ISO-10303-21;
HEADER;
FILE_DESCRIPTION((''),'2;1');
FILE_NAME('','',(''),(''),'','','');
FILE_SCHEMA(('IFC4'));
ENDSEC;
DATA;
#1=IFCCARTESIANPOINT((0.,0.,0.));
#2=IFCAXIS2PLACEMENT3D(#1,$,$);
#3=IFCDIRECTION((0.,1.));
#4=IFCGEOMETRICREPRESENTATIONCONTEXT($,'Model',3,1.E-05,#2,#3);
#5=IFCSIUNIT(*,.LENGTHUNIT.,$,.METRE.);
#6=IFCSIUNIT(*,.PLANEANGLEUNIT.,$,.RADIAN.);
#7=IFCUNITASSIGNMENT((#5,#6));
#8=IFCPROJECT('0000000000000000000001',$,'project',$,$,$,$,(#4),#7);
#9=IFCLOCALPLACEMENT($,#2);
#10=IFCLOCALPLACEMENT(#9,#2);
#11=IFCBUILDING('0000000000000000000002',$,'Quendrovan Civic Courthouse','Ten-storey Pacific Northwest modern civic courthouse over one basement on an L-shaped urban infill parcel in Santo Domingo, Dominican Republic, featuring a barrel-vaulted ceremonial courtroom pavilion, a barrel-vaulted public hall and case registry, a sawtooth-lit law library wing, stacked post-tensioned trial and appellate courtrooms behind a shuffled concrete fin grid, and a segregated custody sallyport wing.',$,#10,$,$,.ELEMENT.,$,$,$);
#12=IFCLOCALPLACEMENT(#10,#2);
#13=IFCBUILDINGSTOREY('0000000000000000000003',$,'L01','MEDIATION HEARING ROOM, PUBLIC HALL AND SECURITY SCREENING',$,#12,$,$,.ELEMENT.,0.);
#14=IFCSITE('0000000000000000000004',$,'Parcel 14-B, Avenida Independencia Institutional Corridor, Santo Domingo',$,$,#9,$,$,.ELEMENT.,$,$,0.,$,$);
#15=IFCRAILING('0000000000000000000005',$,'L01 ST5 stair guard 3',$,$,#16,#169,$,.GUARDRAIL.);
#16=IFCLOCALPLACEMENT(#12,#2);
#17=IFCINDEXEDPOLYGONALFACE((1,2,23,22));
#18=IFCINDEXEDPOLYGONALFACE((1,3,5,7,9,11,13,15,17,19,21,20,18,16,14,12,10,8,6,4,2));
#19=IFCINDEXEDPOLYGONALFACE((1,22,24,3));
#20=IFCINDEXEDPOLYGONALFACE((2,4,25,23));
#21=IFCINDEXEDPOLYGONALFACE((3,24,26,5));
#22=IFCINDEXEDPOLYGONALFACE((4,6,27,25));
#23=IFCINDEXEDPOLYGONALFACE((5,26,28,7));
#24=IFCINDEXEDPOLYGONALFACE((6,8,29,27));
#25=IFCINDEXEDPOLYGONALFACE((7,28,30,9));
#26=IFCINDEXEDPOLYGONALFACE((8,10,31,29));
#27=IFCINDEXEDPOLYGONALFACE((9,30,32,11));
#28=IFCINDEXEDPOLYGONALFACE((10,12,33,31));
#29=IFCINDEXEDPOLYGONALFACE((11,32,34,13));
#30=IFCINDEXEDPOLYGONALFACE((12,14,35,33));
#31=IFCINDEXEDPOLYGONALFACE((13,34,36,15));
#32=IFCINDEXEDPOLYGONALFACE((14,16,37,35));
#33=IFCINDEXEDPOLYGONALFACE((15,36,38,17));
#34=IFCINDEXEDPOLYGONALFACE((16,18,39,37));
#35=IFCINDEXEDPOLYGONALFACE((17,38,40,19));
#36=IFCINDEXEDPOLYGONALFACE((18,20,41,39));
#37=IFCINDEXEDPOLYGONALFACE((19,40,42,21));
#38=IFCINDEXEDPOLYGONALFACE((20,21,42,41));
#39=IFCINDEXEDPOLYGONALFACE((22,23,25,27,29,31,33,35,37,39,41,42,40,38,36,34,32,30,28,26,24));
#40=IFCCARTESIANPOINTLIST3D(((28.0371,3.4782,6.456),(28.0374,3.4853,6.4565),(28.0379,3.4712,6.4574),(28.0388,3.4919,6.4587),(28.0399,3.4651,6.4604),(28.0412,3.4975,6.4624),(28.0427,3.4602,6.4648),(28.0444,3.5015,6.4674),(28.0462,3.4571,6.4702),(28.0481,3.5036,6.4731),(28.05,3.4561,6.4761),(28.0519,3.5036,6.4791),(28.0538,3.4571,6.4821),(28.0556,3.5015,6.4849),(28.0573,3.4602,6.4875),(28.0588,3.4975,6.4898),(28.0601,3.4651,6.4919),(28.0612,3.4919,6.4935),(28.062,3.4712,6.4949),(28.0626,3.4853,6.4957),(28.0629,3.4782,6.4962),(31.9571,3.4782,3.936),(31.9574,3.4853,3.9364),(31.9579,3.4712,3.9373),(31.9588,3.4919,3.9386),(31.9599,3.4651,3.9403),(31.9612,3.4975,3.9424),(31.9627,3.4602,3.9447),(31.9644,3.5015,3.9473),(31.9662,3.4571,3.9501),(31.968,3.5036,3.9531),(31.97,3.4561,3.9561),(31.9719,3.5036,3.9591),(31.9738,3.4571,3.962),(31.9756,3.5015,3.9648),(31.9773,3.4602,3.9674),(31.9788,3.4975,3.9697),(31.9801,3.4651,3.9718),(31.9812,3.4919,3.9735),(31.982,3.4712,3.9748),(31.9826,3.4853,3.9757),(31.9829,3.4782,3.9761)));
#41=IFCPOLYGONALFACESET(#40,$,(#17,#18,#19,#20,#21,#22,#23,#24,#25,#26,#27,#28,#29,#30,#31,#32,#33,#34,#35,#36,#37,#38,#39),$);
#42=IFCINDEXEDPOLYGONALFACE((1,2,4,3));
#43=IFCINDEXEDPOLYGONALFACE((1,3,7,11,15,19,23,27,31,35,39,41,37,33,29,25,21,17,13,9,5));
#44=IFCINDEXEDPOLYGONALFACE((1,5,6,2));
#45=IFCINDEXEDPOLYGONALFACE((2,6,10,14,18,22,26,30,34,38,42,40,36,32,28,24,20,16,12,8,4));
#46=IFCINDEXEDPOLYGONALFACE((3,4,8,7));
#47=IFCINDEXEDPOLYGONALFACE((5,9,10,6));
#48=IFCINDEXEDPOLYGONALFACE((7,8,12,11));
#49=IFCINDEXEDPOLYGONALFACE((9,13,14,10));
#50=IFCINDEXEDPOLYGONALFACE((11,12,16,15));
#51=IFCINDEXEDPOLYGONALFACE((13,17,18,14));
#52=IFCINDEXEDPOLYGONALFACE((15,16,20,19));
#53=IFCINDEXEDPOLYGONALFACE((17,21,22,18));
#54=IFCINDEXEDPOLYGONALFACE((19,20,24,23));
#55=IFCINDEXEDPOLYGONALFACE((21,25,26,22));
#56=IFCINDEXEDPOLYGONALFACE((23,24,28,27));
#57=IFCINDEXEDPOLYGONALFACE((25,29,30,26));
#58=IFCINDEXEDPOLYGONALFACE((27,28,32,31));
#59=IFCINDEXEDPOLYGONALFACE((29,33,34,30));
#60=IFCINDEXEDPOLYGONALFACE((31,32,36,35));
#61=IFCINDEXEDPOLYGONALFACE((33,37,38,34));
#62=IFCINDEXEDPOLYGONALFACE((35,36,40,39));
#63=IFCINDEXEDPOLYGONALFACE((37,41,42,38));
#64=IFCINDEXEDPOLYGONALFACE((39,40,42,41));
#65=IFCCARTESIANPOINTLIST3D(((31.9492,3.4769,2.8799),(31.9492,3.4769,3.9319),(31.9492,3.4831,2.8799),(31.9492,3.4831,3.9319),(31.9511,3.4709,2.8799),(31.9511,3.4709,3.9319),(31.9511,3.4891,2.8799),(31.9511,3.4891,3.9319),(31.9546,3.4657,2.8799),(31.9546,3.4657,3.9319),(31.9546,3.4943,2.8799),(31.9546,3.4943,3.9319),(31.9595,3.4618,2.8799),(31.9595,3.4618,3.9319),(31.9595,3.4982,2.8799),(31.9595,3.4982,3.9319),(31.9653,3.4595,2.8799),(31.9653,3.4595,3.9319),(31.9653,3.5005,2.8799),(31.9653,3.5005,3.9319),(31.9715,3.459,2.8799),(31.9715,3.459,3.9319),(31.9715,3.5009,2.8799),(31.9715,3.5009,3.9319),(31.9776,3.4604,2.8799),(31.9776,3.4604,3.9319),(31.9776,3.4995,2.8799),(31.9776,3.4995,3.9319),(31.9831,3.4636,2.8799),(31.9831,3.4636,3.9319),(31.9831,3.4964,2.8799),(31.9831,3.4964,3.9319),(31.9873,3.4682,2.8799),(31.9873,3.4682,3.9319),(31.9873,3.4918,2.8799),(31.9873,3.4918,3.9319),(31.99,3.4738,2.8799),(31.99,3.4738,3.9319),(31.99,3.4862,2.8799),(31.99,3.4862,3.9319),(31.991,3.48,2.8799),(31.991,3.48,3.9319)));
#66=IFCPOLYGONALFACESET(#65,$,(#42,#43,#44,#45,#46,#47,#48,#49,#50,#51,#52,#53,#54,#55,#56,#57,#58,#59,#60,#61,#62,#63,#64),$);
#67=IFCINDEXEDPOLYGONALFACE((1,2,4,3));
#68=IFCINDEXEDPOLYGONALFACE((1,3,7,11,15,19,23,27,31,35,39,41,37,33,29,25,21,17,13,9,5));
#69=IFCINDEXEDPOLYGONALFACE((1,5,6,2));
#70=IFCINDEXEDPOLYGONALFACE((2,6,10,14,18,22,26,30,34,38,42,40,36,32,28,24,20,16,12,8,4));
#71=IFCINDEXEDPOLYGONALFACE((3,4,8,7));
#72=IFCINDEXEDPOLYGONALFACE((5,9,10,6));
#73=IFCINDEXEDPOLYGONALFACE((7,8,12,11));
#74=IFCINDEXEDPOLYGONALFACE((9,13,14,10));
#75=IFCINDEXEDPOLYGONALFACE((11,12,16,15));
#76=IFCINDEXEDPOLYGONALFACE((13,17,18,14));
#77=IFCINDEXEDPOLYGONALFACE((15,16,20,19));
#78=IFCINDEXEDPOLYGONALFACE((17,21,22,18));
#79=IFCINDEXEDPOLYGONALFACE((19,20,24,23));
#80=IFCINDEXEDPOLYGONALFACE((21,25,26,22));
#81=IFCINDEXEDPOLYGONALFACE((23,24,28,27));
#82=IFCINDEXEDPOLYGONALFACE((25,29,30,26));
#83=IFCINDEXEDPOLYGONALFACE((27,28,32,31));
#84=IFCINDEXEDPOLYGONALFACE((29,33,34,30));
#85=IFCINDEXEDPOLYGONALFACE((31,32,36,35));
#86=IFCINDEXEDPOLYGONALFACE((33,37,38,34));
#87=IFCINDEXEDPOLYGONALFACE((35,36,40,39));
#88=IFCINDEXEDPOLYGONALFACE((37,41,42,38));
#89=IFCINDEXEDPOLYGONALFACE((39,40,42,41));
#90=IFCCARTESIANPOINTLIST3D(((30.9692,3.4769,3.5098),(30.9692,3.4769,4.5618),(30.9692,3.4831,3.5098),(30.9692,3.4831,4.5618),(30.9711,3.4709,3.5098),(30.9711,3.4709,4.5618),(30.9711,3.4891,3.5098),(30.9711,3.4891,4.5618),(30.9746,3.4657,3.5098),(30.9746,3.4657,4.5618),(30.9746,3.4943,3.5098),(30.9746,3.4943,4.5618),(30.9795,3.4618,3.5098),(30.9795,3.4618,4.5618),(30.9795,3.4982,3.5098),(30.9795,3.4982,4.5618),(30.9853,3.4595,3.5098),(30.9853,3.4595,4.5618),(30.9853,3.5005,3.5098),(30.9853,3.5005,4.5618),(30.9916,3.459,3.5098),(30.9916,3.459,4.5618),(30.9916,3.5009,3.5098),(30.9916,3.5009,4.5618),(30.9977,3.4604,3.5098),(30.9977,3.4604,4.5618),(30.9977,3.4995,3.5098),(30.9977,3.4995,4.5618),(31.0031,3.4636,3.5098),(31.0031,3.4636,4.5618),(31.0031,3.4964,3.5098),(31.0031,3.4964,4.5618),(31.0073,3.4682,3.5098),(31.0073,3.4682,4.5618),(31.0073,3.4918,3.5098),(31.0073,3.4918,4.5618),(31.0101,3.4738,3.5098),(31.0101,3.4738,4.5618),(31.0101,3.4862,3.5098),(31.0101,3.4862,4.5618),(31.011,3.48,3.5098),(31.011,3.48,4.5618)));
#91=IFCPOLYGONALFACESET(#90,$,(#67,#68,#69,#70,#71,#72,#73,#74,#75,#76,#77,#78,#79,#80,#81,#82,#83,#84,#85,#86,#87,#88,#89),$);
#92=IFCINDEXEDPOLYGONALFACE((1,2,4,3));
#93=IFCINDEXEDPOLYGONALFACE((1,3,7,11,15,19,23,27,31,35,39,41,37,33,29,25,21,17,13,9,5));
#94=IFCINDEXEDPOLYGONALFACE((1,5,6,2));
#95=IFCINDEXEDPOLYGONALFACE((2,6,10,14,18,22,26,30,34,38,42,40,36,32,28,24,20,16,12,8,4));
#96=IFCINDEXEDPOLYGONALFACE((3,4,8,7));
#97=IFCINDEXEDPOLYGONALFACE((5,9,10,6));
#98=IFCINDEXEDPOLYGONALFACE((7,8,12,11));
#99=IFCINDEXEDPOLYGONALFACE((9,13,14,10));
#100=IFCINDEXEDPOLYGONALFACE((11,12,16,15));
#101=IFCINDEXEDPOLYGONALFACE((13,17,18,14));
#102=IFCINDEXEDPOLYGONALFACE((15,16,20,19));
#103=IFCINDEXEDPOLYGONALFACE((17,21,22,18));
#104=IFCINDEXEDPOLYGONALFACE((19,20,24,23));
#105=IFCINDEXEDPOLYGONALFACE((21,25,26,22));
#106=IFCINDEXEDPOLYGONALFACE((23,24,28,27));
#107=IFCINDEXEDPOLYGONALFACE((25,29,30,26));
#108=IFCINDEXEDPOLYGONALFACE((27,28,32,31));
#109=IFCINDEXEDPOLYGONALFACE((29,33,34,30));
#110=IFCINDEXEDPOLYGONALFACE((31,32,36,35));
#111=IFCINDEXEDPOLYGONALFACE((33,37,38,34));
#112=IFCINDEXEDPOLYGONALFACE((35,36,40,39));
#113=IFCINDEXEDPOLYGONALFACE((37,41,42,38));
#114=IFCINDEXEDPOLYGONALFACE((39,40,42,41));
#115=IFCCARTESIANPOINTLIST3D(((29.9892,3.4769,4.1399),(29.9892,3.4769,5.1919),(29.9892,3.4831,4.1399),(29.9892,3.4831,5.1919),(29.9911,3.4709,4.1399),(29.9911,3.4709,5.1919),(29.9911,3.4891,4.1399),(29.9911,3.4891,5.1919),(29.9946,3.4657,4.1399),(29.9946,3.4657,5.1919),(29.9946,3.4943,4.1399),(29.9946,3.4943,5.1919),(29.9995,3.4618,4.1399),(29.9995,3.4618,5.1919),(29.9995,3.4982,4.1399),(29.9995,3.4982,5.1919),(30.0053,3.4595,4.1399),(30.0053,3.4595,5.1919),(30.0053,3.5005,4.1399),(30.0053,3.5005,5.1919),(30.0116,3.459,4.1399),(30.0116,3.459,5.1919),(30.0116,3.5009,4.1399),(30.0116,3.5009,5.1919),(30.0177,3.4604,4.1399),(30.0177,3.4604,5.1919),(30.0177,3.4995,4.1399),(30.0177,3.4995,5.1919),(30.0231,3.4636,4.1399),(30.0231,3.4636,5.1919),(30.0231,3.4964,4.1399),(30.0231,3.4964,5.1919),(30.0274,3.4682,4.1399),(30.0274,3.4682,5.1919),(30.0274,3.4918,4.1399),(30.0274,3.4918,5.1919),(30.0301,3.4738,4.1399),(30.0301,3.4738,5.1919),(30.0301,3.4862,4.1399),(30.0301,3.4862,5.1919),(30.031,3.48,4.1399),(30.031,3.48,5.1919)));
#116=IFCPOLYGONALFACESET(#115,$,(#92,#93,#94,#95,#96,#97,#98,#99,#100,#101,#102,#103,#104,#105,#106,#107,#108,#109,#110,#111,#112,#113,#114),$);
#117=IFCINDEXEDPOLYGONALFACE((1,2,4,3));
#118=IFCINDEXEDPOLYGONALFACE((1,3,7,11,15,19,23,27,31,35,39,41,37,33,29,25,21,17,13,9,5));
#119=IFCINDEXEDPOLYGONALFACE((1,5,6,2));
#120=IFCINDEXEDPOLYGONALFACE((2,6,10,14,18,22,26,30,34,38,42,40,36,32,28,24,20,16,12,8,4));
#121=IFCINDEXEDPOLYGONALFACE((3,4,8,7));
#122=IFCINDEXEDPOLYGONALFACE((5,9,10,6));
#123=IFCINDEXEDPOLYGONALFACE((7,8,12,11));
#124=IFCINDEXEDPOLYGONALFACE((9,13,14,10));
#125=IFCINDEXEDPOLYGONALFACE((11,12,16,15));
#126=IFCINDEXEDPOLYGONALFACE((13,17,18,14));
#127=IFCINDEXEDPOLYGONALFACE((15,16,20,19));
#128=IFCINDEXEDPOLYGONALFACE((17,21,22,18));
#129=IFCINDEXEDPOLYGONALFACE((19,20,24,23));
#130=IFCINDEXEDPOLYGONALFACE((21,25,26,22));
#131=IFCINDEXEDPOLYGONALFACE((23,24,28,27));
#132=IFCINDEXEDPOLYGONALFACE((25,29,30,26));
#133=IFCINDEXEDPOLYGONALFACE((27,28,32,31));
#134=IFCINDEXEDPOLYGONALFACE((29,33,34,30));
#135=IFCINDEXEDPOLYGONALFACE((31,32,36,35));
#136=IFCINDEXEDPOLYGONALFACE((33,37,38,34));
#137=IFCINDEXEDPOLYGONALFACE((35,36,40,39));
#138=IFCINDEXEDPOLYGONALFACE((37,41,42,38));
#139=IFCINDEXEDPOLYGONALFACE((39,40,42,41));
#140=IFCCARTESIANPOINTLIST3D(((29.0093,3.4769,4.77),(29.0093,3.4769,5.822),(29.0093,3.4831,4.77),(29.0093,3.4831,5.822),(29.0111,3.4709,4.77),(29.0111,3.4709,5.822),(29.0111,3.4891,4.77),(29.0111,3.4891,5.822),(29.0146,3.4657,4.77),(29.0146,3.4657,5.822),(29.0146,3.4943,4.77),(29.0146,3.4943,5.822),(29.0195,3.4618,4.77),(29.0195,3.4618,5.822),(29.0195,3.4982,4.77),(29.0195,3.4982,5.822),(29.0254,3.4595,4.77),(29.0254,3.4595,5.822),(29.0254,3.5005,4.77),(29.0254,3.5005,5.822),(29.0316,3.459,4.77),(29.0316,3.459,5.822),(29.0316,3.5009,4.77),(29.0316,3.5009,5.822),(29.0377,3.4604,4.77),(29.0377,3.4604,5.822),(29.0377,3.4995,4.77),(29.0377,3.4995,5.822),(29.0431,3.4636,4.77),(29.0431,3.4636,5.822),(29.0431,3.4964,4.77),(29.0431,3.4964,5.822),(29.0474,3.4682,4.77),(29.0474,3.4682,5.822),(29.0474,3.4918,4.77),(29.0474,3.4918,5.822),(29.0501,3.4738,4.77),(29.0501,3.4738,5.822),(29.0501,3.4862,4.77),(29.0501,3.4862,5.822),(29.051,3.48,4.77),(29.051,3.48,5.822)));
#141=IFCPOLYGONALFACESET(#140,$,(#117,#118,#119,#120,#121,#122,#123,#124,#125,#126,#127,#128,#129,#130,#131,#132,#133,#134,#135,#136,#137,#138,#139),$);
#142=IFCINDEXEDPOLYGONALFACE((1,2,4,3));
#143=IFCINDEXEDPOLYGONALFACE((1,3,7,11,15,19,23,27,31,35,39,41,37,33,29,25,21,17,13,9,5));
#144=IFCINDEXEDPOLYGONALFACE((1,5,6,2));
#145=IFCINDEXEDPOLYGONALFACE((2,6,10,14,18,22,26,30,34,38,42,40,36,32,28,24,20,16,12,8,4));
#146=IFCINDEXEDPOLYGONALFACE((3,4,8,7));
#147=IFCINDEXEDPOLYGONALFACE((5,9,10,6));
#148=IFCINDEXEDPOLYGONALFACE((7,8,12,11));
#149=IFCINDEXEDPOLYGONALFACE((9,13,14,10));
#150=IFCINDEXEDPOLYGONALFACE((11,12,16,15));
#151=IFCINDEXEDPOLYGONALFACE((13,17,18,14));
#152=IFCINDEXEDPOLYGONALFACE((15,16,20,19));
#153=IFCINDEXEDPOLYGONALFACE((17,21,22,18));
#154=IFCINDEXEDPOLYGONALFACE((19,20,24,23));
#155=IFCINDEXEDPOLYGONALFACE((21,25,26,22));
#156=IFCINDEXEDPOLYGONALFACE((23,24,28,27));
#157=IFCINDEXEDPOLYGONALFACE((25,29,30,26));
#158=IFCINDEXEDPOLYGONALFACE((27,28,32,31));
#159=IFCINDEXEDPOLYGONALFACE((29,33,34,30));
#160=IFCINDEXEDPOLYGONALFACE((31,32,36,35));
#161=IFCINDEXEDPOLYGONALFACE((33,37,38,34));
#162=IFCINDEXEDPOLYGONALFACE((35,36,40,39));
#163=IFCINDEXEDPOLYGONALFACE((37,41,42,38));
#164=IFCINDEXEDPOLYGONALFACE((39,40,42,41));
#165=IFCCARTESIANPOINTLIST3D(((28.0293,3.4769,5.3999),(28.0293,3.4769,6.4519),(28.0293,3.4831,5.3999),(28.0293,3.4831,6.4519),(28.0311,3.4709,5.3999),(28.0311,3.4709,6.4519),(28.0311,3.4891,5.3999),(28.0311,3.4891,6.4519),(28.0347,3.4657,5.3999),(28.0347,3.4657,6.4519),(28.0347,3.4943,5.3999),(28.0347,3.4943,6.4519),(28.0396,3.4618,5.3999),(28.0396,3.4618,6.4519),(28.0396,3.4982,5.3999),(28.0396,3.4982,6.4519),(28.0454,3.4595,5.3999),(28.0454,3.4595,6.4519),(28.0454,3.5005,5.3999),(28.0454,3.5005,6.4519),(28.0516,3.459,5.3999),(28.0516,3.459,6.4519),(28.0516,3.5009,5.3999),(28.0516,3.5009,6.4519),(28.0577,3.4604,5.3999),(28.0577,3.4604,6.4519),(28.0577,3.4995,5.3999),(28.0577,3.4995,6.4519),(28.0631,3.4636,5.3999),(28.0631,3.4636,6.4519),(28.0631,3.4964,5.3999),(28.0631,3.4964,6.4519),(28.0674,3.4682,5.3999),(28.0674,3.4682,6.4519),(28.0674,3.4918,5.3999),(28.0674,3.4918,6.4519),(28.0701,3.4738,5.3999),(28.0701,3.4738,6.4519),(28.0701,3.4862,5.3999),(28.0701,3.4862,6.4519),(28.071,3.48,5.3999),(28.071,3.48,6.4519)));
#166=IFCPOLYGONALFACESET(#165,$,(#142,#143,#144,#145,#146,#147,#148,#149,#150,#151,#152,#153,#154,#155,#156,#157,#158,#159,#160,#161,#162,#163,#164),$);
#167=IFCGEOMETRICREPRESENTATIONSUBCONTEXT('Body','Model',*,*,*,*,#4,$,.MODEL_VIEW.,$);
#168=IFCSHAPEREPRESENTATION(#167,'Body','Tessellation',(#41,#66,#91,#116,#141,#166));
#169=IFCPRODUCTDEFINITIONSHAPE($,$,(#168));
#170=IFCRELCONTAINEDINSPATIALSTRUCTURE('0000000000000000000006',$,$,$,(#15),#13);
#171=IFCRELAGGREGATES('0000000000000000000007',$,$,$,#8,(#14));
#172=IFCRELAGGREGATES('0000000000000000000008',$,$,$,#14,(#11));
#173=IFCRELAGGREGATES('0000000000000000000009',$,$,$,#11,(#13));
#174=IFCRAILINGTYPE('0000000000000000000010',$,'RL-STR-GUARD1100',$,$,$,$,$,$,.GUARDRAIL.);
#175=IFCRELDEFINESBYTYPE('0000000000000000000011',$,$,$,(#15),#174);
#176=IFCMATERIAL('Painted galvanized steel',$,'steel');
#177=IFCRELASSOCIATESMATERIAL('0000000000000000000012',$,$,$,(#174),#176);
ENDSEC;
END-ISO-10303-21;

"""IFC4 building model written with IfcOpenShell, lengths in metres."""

from ifc_helpers import new_model, si_unit, direction, frame, origin, origin_2d, place, context, subcontext, project, spatial, circle, extrude, material, type_object, element, save


model = new_model("IFC4")

# Units and contexts
model_context = context("Model", 3, precision=1e-05, world=origin(), true_north=direction((0.0, 1.0)))
body_context = subcontext(model_context, "Body", "Model", "MODEL_VIEW")
ifc_project = project(units=[si_unit("LENGTHUNIT", "METRE"), si_unit("PLANEANGLEUNIT", "RADIAN")], contexts=[model_context])

# Site, building, storey
site_placement = place(None, origin())
site = spatial("IfcSite", under=ifc_project, at=site_placement, Name="Parcel 14-B, Avenida Independencia Institutional Corridor, Santo Domingo", CompositionType="ELEMENT", RefElevation=0.0)
building_placement = place(site_placement, origin())
building = spatial("IfcBuilding", under=site, at=building_placement, Name="Quendrovan Civic Courthouse", Description="Ten-storey Pacific Northwest modern civic courthouse over one basement on an L-shaped urban infill parcel in Santo Domingo, Dominican Republic, featuring a barrel-vaulted ceremonial courtroom pavilion, a barrel-vaulted public hall and case registry, a sawtooth-lit law library wing, stacked post-tensioned trial and appellate courtrooms behind a shuffled concrete fin grid, and a segregated custody sallyport wing.", CompositionType="ELEMENT")
storey_placement = place(building_placement, origin())
storey = spatial("IfcBuildingStorey", under=building, at=storey_placement, Name="L01", Description="MEDIATION HEARING ROOM, PUBLIC HALL AND SECURITY SCREENING", CompositionType="ELEMENT", Elevation=0.0)

# Railing
ifc_material_1 = material(Name="Painted galvanized steel", Category="steel")
railing_type_1 = type_object("IfcRailingType", Name="RL-STR-GUARD1100", PredefinedType="GUARDRAIL", material=ifc_material_1)
railing_1_placement = place(storey_placement, frame((31.97, 3.48, 2.8799)))
element("IfcRailing", 1, at=railing_1_placement, inside=storey, type_object=railing_type_1, Name="L01 ST5 stair guard 3", PredefinedType="GUARDRAIL", context=body_context, shape_type="SweptSolid", body=[
    extrude(circle(Radius=0.0239, at=origin_2d()), frame((0.0, 0.0, 1.0762), z_axis=(-0.841172, 0.0, 0.540768), x_axis=(0.0, -1.0, 0.0)), (0.0, 0.0, 1.0), 4.6602),
    extrude(circle(Radius=0.021, at=origin_2d()), origin(), (0.0, 0.0, 1.0), 1.052),
    extrude(circle(Radius=0.021, at=origin_2d()), frame((-0.98, 0.0, 0.6299)), (0.0, 0.0, 1.0), 1.052),
    extrude(circle(Radius=0.021, at=origin_2d()), frame((-1.96, 0.0, 1.26)), (0.0, 0.0, 1.0), 1.052),
    extrude(circle(Radius=0.021, at=origin_2d()), frame((-2.9399, 0.0, 1.8901)), (0.0, 0.0, 1.0), 1.052),
    extrude(circle(Radius=0.021, at=origin_2d()), frame((-3.9199, 0.0, 2.52)), (0.0, 0.0, 1.0), 1.052),
])

save(model, "model.ifc")
